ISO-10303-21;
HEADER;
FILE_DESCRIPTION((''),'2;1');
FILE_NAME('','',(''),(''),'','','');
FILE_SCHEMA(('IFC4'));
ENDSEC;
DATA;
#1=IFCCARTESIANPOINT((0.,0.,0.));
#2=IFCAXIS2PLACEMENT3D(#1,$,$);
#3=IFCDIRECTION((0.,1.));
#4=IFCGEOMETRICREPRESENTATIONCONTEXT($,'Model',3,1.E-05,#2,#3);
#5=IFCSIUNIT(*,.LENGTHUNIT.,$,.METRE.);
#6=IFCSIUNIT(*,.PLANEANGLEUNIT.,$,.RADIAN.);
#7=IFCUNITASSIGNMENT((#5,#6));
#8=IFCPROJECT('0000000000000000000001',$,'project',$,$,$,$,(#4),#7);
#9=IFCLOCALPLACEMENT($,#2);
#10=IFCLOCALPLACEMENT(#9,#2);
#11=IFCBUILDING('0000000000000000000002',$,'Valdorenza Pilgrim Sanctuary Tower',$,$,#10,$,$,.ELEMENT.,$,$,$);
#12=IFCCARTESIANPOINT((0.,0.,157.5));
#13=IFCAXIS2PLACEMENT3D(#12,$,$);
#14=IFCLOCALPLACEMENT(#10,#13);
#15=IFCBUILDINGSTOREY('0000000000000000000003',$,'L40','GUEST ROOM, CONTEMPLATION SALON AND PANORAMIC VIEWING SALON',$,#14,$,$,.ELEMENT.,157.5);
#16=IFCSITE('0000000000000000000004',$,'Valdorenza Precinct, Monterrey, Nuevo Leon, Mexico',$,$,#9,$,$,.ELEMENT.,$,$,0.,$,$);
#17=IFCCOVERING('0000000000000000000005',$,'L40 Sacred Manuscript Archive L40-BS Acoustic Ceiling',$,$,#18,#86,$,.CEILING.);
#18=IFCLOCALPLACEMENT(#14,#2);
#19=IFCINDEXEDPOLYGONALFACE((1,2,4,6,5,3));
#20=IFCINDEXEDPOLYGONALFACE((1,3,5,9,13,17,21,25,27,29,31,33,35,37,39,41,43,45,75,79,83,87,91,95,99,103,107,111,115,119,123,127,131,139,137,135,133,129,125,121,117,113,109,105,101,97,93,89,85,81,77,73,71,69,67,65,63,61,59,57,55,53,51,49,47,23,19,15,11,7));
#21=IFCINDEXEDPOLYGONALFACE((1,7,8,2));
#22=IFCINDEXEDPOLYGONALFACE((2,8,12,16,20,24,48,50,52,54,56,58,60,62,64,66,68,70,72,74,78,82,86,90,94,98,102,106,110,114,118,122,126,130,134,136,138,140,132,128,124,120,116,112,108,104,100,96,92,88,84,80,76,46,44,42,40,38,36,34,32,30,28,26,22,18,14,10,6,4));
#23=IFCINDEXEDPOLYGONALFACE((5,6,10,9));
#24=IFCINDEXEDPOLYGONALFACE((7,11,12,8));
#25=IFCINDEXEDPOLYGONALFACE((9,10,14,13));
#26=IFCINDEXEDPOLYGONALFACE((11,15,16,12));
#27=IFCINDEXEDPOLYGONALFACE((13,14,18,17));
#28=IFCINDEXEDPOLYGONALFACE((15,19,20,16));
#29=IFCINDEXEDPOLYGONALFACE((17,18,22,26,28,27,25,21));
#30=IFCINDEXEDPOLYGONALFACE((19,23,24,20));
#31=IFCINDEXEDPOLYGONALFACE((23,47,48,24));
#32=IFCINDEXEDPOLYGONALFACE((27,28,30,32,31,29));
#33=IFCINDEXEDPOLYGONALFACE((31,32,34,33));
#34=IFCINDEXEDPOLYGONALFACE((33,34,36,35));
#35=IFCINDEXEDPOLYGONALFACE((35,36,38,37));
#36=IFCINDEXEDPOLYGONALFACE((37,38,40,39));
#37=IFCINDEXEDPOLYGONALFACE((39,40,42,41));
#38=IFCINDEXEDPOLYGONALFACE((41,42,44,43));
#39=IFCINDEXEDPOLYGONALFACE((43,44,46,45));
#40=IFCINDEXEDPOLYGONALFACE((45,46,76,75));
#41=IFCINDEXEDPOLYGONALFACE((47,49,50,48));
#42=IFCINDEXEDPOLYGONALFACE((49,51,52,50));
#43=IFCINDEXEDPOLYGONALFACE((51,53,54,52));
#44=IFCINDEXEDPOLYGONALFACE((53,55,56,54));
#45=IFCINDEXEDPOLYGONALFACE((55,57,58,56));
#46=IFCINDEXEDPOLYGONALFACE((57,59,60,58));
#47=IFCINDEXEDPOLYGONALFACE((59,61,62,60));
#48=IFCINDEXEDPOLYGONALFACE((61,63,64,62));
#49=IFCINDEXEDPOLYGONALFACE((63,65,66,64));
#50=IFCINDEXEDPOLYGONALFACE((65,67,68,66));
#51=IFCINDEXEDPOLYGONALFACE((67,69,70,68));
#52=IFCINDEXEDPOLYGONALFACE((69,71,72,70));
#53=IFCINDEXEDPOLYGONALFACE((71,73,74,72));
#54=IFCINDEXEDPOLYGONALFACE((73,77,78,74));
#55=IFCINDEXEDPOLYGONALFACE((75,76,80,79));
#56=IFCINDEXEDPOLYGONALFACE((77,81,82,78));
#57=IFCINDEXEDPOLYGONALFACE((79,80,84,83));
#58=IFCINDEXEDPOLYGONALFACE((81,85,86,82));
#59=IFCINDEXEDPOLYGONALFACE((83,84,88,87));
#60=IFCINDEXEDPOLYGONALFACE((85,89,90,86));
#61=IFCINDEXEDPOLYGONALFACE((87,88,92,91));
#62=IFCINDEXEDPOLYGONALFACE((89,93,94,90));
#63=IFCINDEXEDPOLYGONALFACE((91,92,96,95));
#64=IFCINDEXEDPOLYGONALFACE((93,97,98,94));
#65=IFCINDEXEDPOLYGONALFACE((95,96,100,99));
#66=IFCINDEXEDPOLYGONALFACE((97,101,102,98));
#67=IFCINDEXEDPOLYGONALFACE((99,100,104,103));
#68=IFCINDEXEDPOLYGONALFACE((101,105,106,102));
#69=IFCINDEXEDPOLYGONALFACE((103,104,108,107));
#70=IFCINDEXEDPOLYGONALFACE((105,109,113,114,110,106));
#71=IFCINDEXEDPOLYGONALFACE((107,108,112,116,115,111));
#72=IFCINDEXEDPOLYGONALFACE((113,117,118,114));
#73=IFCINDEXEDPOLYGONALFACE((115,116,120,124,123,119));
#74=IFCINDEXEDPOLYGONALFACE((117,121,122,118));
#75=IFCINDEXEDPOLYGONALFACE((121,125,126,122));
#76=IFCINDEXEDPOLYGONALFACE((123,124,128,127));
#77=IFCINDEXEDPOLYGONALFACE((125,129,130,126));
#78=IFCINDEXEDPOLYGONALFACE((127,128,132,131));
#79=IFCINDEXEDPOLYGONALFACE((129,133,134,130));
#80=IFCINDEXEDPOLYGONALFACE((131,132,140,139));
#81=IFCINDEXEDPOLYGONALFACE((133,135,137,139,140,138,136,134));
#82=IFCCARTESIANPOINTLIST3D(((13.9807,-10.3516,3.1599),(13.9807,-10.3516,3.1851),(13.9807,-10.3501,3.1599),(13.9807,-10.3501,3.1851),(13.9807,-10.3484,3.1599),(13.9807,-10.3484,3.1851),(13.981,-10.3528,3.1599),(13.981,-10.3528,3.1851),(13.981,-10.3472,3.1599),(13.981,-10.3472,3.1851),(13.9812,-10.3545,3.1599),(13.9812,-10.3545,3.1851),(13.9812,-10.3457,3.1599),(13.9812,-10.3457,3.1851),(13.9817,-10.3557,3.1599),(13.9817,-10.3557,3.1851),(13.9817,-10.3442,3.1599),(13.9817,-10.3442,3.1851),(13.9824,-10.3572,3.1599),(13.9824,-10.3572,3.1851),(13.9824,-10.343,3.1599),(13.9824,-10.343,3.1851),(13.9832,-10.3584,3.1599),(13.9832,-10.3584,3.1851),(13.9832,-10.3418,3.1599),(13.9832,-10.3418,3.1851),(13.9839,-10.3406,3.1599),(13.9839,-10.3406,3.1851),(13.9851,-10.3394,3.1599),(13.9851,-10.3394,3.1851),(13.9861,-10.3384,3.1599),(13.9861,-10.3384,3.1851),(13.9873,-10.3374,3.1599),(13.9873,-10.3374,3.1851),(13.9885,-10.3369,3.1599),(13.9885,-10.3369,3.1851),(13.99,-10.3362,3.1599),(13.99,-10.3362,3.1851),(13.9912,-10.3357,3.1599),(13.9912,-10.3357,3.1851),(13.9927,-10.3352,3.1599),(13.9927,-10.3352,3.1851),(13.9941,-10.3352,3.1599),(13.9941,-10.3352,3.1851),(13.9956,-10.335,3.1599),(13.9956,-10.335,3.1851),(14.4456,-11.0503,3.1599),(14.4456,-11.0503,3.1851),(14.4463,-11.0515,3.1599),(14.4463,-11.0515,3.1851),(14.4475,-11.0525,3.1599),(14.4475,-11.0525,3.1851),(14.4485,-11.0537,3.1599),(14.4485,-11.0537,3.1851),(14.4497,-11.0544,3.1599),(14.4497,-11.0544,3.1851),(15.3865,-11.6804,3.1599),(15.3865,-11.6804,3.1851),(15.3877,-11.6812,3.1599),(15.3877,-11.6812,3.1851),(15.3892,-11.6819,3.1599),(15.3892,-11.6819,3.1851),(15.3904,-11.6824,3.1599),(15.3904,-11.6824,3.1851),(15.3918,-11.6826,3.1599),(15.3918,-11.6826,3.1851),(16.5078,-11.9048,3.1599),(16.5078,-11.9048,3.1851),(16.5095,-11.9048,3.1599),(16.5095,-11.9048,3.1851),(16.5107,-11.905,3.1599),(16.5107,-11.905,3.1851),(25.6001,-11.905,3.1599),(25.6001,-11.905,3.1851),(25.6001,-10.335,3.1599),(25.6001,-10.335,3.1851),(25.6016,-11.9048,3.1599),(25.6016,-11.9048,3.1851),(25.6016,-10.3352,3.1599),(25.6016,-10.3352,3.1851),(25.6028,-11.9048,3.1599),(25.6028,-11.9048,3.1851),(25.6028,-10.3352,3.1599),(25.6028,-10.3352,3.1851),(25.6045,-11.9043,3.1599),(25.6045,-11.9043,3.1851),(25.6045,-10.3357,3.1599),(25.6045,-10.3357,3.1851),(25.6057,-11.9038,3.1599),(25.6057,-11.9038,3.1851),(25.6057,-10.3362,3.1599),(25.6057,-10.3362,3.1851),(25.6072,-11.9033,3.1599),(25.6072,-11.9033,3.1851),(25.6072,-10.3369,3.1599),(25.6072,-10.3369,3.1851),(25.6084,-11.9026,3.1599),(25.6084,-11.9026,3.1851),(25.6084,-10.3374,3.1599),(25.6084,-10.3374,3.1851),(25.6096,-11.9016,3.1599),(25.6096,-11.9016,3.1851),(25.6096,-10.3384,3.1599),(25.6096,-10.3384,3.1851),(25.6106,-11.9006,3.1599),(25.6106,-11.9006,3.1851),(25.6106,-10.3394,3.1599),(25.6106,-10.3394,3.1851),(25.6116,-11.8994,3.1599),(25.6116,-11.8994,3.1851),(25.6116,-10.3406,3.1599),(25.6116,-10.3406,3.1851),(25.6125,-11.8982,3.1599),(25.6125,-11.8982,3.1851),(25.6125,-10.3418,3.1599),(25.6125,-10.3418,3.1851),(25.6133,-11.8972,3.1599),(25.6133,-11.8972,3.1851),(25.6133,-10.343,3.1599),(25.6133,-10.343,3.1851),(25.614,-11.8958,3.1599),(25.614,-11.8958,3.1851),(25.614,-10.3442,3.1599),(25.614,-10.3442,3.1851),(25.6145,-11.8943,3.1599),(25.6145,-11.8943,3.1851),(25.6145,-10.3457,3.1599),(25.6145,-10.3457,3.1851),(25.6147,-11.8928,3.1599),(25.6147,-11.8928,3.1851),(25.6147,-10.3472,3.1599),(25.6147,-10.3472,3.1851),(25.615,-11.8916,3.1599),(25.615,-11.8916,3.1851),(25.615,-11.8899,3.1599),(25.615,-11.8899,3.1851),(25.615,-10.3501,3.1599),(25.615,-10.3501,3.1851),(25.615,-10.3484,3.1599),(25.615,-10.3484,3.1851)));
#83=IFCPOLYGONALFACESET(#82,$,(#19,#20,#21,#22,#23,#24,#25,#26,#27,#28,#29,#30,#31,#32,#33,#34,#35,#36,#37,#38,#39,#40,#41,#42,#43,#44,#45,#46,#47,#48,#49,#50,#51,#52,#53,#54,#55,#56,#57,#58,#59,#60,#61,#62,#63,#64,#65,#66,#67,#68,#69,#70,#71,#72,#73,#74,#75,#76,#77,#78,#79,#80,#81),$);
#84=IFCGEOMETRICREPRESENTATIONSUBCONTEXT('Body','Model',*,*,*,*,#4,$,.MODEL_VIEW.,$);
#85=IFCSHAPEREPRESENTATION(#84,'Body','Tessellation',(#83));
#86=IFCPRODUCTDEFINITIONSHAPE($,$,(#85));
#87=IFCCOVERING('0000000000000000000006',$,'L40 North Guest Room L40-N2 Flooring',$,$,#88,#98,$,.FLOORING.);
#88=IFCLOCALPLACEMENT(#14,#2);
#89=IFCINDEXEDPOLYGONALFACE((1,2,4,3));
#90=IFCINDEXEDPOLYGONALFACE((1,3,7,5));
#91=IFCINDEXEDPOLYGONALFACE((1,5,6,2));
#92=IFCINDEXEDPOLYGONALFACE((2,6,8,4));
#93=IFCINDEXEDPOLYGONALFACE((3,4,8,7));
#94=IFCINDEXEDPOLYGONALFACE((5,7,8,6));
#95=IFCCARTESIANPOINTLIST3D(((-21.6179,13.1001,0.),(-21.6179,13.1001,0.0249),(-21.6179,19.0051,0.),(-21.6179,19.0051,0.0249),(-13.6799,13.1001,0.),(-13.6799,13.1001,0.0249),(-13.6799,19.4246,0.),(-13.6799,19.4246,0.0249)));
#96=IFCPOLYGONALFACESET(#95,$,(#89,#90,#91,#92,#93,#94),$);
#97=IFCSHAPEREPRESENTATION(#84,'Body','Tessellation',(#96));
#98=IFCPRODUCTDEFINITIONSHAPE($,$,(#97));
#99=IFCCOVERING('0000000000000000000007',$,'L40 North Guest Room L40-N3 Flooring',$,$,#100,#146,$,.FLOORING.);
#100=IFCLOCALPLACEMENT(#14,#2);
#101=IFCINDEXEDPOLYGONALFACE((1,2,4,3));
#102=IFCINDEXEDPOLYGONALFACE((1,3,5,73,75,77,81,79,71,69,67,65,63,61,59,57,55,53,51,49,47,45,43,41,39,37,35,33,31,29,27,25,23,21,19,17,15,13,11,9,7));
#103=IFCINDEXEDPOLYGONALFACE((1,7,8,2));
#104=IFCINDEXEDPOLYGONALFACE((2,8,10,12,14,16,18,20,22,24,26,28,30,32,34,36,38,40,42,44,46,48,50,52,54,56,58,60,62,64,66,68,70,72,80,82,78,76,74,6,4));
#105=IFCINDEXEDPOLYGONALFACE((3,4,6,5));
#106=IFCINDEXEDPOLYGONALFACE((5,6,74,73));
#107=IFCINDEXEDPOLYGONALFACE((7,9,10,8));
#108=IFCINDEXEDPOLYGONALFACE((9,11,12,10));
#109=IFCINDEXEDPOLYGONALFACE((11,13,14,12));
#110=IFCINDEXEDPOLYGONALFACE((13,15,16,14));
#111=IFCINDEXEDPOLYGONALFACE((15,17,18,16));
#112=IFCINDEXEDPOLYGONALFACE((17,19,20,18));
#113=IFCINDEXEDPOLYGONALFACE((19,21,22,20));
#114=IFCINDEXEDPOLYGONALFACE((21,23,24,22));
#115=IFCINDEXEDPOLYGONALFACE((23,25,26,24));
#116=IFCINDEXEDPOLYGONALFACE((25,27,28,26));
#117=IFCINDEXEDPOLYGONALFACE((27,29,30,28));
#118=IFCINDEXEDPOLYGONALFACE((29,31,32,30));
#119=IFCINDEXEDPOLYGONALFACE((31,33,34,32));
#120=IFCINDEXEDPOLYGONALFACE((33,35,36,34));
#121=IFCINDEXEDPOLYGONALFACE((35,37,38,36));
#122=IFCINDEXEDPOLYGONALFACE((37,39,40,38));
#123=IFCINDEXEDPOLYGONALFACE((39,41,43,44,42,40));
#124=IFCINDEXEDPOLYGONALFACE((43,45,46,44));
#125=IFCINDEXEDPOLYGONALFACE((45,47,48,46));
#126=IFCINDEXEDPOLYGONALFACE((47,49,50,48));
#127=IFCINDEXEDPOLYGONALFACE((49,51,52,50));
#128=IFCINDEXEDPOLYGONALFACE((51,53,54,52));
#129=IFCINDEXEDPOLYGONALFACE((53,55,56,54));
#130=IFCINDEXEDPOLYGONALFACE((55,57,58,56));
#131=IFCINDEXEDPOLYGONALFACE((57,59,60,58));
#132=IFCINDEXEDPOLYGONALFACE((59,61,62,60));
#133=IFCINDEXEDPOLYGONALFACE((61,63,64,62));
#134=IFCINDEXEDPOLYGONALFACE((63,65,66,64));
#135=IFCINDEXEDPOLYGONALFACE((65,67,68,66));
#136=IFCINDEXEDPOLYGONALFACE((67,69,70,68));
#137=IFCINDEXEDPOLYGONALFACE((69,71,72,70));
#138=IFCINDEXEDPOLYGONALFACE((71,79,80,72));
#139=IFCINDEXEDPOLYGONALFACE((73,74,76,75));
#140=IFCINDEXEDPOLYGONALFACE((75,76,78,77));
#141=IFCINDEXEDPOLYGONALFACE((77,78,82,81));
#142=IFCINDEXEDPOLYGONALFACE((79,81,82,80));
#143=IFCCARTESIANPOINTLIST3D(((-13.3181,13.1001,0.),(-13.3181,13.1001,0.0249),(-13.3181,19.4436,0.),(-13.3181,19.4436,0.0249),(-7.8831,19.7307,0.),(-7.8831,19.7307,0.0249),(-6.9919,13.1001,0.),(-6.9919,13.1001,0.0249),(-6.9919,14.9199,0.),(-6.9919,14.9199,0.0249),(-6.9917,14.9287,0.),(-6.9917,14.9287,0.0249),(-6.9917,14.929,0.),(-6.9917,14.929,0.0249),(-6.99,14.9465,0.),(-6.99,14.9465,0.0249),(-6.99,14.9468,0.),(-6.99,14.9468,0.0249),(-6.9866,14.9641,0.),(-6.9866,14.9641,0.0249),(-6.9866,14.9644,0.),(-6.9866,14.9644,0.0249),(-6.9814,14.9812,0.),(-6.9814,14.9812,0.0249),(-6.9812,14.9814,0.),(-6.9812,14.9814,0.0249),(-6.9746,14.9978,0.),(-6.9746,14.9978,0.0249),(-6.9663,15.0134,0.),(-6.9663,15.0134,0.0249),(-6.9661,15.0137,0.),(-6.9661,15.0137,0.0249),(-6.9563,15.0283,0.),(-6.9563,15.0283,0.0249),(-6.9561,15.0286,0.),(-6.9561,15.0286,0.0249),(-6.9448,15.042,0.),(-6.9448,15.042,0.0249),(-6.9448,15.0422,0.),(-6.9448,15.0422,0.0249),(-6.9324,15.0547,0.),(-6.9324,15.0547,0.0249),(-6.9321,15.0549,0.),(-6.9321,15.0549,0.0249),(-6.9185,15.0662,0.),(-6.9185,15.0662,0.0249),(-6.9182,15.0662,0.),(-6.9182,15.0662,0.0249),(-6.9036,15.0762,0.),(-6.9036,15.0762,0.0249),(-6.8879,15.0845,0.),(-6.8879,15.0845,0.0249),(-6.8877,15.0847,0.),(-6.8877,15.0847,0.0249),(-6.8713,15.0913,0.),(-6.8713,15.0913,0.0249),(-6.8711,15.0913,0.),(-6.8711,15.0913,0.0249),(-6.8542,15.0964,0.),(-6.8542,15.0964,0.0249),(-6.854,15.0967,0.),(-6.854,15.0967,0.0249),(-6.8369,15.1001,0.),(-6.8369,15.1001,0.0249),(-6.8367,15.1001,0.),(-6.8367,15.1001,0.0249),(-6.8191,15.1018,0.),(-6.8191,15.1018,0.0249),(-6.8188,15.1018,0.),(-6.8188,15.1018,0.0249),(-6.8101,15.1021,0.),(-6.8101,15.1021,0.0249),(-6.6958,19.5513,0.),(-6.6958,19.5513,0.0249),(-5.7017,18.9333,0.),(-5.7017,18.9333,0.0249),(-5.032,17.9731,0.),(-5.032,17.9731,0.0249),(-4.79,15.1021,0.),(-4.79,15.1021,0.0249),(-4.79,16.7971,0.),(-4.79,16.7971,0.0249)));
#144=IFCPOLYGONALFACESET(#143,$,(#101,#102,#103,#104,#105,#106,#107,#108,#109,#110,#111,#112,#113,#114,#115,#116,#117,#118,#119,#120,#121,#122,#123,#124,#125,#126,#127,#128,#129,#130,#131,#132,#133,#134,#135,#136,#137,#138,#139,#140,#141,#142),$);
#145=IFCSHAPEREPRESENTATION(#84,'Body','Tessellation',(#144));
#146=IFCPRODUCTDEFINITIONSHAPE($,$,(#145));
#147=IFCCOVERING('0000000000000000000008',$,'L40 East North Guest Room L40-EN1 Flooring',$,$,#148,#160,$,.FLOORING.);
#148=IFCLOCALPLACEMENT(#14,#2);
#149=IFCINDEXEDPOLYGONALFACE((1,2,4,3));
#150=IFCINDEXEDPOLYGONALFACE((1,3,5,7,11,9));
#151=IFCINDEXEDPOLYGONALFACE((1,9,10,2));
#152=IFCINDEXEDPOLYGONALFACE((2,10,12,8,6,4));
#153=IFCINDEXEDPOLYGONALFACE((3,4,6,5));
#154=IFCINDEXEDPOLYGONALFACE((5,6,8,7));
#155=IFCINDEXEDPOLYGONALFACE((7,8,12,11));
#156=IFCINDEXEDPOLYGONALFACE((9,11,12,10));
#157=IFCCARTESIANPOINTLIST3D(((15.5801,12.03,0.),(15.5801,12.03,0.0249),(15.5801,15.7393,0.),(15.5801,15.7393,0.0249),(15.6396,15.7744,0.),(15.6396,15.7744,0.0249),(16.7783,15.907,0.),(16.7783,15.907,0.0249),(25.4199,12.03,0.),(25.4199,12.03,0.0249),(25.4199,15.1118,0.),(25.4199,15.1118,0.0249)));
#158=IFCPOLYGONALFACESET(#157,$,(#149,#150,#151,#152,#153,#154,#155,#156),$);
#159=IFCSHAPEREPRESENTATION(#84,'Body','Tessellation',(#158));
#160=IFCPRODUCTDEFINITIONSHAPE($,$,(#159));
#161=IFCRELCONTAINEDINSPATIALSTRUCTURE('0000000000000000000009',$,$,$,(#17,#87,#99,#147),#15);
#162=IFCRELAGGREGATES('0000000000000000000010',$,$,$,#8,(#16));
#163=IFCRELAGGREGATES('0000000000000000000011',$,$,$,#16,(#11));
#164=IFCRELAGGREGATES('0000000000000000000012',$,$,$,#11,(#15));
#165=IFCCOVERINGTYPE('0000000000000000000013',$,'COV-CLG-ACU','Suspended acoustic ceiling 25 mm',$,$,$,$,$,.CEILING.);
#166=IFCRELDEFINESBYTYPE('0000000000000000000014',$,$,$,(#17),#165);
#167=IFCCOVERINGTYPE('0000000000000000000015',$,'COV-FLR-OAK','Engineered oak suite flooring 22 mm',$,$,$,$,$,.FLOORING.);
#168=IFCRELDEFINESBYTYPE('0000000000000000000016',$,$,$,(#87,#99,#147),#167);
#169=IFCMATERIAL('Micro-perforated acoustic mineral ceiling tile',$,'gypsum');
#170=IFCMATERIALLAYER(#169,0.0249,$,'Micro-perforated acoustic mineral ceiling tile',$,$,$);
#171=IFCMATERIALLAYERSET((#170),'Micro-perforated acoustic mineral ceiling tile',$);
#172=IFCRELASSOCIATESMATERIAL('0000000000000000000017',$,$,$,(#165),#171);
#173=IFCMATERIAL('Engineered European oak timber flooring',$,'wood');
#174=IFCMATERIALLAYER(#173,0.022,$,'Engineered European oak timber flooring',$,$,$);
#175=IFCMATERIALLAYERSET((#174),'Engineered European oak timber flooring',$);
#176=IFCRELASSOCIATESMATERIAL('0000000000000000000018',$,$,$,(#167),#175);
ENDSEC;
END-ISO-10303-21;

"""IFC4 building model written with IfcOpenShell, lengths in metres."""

from ifc_helpers import new_model, si_unit, direction, frame, origin, place, context, subcontext, project, spatial, polyline, outline, extrude, material, layer, layer_set, type_object, element, save


model = new_model("IFC4")

# Units and contexts
model_context = context("Model", 3, precision=1e-05, world=origin(), true_north=direction((0.0, 1.0)))
body_context = subcontext(model_context, "Body", "Model", "MODEL_VIEW")
ifc_project = project(units=[si_unit("LENGTHUNIT", "METRE"), si_unit("PLANEANGLEUNIT", "RADIAN")], contexts=[model_context])

# Site, building, storey
site_placement = place(None, origin())
site = spatial("IfcSite", under=ifc_project, at=site_placement, Name="Valdorenza Precinct, Monterrey, Nuevo Leon, Mexico", CompositionType="ELEMENT", RefElevation=0.0)
building_placement = place(site_placement, origin())
building = spatial("IfcBuilding", under=site, at=building_placement, Name="Valdorenza Pilgrim Sanctuary Tower", CompositionType="ELEMENT")
storey_placement = place(building_placement, frame((0.0, 0.0, 157.5)))
storey = spatial("IfcBuildingStorey", under=building, at=storey_placement, Name="L40", Description="GUEST ROOM, CONTEMPLATION SALON AND PANORAMIC VIEWING SALON", CompositionType="ELEMENT", Elevation=157.5)

# Coverings
ifc_material_1 = material(Name="Micro-perforated acoustic mineral ceiling tile", Category="gypsum")
ifc_layer_1 = layer(ifc_material_1, 0.0249, Name="Micro-perforated acoustic mineral ceiling tile")
ifc_layer_set_1 = layer_set([ifc_layer_1], Name="Micro-perforated acoustic mineral ceiling tile")
covering_type_1 = type_object("IfcCoveringType", Name="COV-CLG-ACU", Description="Suspended acoustic ceiling 25 mm", PredefinedType="CEILING", material=ifc_layer_set_1)
covering_1_placement = place(storey_placement, frame((0.0, 0.0, 3.1599)))
element("IfcCovering", 1, at=covering_1_placement, inside=storey, type_object=covering_type_1, Name="L40 Sacred Manuscript Archive L40-BS Acoustic Ceiling", PredefinedType="CEILING", context=body_context, shape_type="SweptSolid", body=[
    extrude(outline(polyline([(25.615, -11.8899), (25.615, -11.8916), (25.6147, -11.8928), (25.6145, -11.8943), (25.614, -11.8958), (25.6133, -11.8972), (25.6125, -11.8982), (25.6116, -11.8994), (25.6106, -11.9006), (25.6096, -11.9016), (25.6084, -11.9026), (25.6072, -11.9033), (25.6057, -11.9038), (25.6045, -11.9043), (25.6028, -11.9048), (25.6016, -11.9048), (25.6001, -11.905), (16.5107, -11.905), (16.5095, -11.9048), (16.5078, -11.9048), (15.3918, -11.6826), (15.3904, -11.6824), (15.3892, -11.6819), (15.3877, -11.6812), (15.3865, -11.6804), (14.4497, -11.0544), (14.4485, -11.0537), (14.4475, -11.0525), (14.4463, -11.0515), (14.4456, -11.0503), (13.9832, -10.3584), (13.9824, -10.3572), (13.9817, -10.3557), (13.9812, -10.3545), (13.981, -10.3528), (13.9807, -10.3516), (13.9807, -10.3501), (13.9807, -10.3484), (13.981, -10.3472), (13.9812, -10.3457), (13.9817, -10.3442), (13.9824, -10.343), (13.9832, -10.3418), (13.9839, -10.3406), (13.9851, -10.3394), (13.9861, -10.3384), (13.9873, -10.3374), (13.9885, -10.3369), (13.99, -10.3362), (13.9912, -10.3357), (13.9927, -10.3352), (13.9941, -10.3352), (13.9956, -10.335), (25.6001, -10.335), (25.6016, -10.3352), (25.6028, -10.3352), (25.6045, -10.3357), (25.6057, -10.3362), (25.6072, -10.3369), (25.6084, -10.3374), (25.6096, -10.3384), (25.6106, -10.3394), (25.6116, -10.3406), (25.6125, -10.3418), (25.6133, -10.343), (25.614, -10.3442), (25.6145, -10.3457), (25.6147, -10.3472), (25.615, -10.3484), (25.615, -10.3501), (25.615, -11.8899)])), origin(), (0.0, 0.0, 1.0), 0.0251),
])
ifc_material_2 = material(Name="Engineered European oak timber flooring", Category="wood")
ifc_layer_2 = layer(ifc_material_2, 0.022, Name="Engineered European oak timber flooring")
ifc_layer_set_2 = layer_set([ifc_layer_2], Name="Engineered European oak timber flooring")
covering_type_2 = type_object("IfcCoveringType", Name="COV-FLR-OAK", Description="Engineered oak suite flooring 22 mm", PredefinedType="FLOORING", material=ifc_layer_set_2)
covering_2_placement = place(storey_placement, origin())
element("IfcCovering", 2, at=covering_2_placement, inside=storey, type_object=covering_type_2, Name="L40 North Guest Room L40-N2 Flooring", PredefinedType="FLOORING", context=body_context, shape_type="SweptSolid", body=[
    extrude(outline(polyline([(-13.6799, 19.4246), (-13.6799, 13.1001), (-21.6179, 13.1001), (-21.6179, 19.0051), (-13.6799, 19.4246)])), origin(), (0.0, 0.0, 1.0), 0.0249),
])
covering_3_placement = place(storey_placement, origin())
element("IfcCovering", 3, at=covering_3_placement, inside=storey, type_object=covering_type_2, Name="L40 North Guest Room L40-N3 Flooring", PredefinedType="FLOORING", context=body_context, shape_type="SweptSolid", body=[
    extrude(outline(polyline([(-7.8831, 19.7307), (-6.6958, 19.5513), (-5.7017, 18.9333), (-5.032, 17.9731), (-4.79, 16.7971), (-4.79, 15.1021), (-6.8101, 15.1021), (-6.8188, 15.1018), (-6.8191, 15.1018), (-6.8367, 15.1001), (-6.8369, 15.1001), (-6.854, 15.0967), (-6.8542, 15.0964), (-6.8711, 15.0913), (-6.8713, 15.0913), (-6.8877, 15.0847), (-6.8879, 15.0845), (-6.9036, 15.0762), (-6.9036, 15.0762), (-6.9182, 15.0662), (-6.9185, 15.0662), (-6.9321, 15.0549), (-6.9324, 15.0547), (-6.9448, 15.0422), (-6.9448, 15.042), (-6.9561, 15.0286), (-6.9563, 15.0283), (-6.9661, 15.0137), (-6.9663, 15.0134), (-6.9746, 14.9978), (-6.9746, 14.9978), (-6.9812, 14.9814), (-6.9814, 14.9812), (-6.9866, 14.9644), (-6.9866, 14.9641), (-6.99, 14.9468), (-6.99, 14.9465), (-6.9917, 14.929), (-6.9917, 14.9287), (-6.9919, 14.9199), (-6.9919, 13.1001), (-13.3181, 13.1001), (-13.3181, 19.4436), (-7.8831, 19.7307)])), origin(), (0.0, 0.0, 1.0), 0.0249),
])
covering_4_placement = place(storey_placement, origin())
element("IfcCovering", 4, at=covering_4_placement, inside=storey, type_object=covering_type_2, Name="L40 East North Guest Room L40-EN1 Flooring", PredefinedType="FLOORING", context=body_context, shape_type="SweptSolid", body=[
    extrude(outline(polyline([(15.6396, 15.7744), (16.7783, 15.907), (25.4199, 15.1118), (25.4199, 12.03), (15.5801, 12.03), (15.5801, 15.7393), (15.6396, 15.7744)])), origin(), (0.0, 0.0, 1.0), 0.0249),
])

save(model, "model.ifc")
